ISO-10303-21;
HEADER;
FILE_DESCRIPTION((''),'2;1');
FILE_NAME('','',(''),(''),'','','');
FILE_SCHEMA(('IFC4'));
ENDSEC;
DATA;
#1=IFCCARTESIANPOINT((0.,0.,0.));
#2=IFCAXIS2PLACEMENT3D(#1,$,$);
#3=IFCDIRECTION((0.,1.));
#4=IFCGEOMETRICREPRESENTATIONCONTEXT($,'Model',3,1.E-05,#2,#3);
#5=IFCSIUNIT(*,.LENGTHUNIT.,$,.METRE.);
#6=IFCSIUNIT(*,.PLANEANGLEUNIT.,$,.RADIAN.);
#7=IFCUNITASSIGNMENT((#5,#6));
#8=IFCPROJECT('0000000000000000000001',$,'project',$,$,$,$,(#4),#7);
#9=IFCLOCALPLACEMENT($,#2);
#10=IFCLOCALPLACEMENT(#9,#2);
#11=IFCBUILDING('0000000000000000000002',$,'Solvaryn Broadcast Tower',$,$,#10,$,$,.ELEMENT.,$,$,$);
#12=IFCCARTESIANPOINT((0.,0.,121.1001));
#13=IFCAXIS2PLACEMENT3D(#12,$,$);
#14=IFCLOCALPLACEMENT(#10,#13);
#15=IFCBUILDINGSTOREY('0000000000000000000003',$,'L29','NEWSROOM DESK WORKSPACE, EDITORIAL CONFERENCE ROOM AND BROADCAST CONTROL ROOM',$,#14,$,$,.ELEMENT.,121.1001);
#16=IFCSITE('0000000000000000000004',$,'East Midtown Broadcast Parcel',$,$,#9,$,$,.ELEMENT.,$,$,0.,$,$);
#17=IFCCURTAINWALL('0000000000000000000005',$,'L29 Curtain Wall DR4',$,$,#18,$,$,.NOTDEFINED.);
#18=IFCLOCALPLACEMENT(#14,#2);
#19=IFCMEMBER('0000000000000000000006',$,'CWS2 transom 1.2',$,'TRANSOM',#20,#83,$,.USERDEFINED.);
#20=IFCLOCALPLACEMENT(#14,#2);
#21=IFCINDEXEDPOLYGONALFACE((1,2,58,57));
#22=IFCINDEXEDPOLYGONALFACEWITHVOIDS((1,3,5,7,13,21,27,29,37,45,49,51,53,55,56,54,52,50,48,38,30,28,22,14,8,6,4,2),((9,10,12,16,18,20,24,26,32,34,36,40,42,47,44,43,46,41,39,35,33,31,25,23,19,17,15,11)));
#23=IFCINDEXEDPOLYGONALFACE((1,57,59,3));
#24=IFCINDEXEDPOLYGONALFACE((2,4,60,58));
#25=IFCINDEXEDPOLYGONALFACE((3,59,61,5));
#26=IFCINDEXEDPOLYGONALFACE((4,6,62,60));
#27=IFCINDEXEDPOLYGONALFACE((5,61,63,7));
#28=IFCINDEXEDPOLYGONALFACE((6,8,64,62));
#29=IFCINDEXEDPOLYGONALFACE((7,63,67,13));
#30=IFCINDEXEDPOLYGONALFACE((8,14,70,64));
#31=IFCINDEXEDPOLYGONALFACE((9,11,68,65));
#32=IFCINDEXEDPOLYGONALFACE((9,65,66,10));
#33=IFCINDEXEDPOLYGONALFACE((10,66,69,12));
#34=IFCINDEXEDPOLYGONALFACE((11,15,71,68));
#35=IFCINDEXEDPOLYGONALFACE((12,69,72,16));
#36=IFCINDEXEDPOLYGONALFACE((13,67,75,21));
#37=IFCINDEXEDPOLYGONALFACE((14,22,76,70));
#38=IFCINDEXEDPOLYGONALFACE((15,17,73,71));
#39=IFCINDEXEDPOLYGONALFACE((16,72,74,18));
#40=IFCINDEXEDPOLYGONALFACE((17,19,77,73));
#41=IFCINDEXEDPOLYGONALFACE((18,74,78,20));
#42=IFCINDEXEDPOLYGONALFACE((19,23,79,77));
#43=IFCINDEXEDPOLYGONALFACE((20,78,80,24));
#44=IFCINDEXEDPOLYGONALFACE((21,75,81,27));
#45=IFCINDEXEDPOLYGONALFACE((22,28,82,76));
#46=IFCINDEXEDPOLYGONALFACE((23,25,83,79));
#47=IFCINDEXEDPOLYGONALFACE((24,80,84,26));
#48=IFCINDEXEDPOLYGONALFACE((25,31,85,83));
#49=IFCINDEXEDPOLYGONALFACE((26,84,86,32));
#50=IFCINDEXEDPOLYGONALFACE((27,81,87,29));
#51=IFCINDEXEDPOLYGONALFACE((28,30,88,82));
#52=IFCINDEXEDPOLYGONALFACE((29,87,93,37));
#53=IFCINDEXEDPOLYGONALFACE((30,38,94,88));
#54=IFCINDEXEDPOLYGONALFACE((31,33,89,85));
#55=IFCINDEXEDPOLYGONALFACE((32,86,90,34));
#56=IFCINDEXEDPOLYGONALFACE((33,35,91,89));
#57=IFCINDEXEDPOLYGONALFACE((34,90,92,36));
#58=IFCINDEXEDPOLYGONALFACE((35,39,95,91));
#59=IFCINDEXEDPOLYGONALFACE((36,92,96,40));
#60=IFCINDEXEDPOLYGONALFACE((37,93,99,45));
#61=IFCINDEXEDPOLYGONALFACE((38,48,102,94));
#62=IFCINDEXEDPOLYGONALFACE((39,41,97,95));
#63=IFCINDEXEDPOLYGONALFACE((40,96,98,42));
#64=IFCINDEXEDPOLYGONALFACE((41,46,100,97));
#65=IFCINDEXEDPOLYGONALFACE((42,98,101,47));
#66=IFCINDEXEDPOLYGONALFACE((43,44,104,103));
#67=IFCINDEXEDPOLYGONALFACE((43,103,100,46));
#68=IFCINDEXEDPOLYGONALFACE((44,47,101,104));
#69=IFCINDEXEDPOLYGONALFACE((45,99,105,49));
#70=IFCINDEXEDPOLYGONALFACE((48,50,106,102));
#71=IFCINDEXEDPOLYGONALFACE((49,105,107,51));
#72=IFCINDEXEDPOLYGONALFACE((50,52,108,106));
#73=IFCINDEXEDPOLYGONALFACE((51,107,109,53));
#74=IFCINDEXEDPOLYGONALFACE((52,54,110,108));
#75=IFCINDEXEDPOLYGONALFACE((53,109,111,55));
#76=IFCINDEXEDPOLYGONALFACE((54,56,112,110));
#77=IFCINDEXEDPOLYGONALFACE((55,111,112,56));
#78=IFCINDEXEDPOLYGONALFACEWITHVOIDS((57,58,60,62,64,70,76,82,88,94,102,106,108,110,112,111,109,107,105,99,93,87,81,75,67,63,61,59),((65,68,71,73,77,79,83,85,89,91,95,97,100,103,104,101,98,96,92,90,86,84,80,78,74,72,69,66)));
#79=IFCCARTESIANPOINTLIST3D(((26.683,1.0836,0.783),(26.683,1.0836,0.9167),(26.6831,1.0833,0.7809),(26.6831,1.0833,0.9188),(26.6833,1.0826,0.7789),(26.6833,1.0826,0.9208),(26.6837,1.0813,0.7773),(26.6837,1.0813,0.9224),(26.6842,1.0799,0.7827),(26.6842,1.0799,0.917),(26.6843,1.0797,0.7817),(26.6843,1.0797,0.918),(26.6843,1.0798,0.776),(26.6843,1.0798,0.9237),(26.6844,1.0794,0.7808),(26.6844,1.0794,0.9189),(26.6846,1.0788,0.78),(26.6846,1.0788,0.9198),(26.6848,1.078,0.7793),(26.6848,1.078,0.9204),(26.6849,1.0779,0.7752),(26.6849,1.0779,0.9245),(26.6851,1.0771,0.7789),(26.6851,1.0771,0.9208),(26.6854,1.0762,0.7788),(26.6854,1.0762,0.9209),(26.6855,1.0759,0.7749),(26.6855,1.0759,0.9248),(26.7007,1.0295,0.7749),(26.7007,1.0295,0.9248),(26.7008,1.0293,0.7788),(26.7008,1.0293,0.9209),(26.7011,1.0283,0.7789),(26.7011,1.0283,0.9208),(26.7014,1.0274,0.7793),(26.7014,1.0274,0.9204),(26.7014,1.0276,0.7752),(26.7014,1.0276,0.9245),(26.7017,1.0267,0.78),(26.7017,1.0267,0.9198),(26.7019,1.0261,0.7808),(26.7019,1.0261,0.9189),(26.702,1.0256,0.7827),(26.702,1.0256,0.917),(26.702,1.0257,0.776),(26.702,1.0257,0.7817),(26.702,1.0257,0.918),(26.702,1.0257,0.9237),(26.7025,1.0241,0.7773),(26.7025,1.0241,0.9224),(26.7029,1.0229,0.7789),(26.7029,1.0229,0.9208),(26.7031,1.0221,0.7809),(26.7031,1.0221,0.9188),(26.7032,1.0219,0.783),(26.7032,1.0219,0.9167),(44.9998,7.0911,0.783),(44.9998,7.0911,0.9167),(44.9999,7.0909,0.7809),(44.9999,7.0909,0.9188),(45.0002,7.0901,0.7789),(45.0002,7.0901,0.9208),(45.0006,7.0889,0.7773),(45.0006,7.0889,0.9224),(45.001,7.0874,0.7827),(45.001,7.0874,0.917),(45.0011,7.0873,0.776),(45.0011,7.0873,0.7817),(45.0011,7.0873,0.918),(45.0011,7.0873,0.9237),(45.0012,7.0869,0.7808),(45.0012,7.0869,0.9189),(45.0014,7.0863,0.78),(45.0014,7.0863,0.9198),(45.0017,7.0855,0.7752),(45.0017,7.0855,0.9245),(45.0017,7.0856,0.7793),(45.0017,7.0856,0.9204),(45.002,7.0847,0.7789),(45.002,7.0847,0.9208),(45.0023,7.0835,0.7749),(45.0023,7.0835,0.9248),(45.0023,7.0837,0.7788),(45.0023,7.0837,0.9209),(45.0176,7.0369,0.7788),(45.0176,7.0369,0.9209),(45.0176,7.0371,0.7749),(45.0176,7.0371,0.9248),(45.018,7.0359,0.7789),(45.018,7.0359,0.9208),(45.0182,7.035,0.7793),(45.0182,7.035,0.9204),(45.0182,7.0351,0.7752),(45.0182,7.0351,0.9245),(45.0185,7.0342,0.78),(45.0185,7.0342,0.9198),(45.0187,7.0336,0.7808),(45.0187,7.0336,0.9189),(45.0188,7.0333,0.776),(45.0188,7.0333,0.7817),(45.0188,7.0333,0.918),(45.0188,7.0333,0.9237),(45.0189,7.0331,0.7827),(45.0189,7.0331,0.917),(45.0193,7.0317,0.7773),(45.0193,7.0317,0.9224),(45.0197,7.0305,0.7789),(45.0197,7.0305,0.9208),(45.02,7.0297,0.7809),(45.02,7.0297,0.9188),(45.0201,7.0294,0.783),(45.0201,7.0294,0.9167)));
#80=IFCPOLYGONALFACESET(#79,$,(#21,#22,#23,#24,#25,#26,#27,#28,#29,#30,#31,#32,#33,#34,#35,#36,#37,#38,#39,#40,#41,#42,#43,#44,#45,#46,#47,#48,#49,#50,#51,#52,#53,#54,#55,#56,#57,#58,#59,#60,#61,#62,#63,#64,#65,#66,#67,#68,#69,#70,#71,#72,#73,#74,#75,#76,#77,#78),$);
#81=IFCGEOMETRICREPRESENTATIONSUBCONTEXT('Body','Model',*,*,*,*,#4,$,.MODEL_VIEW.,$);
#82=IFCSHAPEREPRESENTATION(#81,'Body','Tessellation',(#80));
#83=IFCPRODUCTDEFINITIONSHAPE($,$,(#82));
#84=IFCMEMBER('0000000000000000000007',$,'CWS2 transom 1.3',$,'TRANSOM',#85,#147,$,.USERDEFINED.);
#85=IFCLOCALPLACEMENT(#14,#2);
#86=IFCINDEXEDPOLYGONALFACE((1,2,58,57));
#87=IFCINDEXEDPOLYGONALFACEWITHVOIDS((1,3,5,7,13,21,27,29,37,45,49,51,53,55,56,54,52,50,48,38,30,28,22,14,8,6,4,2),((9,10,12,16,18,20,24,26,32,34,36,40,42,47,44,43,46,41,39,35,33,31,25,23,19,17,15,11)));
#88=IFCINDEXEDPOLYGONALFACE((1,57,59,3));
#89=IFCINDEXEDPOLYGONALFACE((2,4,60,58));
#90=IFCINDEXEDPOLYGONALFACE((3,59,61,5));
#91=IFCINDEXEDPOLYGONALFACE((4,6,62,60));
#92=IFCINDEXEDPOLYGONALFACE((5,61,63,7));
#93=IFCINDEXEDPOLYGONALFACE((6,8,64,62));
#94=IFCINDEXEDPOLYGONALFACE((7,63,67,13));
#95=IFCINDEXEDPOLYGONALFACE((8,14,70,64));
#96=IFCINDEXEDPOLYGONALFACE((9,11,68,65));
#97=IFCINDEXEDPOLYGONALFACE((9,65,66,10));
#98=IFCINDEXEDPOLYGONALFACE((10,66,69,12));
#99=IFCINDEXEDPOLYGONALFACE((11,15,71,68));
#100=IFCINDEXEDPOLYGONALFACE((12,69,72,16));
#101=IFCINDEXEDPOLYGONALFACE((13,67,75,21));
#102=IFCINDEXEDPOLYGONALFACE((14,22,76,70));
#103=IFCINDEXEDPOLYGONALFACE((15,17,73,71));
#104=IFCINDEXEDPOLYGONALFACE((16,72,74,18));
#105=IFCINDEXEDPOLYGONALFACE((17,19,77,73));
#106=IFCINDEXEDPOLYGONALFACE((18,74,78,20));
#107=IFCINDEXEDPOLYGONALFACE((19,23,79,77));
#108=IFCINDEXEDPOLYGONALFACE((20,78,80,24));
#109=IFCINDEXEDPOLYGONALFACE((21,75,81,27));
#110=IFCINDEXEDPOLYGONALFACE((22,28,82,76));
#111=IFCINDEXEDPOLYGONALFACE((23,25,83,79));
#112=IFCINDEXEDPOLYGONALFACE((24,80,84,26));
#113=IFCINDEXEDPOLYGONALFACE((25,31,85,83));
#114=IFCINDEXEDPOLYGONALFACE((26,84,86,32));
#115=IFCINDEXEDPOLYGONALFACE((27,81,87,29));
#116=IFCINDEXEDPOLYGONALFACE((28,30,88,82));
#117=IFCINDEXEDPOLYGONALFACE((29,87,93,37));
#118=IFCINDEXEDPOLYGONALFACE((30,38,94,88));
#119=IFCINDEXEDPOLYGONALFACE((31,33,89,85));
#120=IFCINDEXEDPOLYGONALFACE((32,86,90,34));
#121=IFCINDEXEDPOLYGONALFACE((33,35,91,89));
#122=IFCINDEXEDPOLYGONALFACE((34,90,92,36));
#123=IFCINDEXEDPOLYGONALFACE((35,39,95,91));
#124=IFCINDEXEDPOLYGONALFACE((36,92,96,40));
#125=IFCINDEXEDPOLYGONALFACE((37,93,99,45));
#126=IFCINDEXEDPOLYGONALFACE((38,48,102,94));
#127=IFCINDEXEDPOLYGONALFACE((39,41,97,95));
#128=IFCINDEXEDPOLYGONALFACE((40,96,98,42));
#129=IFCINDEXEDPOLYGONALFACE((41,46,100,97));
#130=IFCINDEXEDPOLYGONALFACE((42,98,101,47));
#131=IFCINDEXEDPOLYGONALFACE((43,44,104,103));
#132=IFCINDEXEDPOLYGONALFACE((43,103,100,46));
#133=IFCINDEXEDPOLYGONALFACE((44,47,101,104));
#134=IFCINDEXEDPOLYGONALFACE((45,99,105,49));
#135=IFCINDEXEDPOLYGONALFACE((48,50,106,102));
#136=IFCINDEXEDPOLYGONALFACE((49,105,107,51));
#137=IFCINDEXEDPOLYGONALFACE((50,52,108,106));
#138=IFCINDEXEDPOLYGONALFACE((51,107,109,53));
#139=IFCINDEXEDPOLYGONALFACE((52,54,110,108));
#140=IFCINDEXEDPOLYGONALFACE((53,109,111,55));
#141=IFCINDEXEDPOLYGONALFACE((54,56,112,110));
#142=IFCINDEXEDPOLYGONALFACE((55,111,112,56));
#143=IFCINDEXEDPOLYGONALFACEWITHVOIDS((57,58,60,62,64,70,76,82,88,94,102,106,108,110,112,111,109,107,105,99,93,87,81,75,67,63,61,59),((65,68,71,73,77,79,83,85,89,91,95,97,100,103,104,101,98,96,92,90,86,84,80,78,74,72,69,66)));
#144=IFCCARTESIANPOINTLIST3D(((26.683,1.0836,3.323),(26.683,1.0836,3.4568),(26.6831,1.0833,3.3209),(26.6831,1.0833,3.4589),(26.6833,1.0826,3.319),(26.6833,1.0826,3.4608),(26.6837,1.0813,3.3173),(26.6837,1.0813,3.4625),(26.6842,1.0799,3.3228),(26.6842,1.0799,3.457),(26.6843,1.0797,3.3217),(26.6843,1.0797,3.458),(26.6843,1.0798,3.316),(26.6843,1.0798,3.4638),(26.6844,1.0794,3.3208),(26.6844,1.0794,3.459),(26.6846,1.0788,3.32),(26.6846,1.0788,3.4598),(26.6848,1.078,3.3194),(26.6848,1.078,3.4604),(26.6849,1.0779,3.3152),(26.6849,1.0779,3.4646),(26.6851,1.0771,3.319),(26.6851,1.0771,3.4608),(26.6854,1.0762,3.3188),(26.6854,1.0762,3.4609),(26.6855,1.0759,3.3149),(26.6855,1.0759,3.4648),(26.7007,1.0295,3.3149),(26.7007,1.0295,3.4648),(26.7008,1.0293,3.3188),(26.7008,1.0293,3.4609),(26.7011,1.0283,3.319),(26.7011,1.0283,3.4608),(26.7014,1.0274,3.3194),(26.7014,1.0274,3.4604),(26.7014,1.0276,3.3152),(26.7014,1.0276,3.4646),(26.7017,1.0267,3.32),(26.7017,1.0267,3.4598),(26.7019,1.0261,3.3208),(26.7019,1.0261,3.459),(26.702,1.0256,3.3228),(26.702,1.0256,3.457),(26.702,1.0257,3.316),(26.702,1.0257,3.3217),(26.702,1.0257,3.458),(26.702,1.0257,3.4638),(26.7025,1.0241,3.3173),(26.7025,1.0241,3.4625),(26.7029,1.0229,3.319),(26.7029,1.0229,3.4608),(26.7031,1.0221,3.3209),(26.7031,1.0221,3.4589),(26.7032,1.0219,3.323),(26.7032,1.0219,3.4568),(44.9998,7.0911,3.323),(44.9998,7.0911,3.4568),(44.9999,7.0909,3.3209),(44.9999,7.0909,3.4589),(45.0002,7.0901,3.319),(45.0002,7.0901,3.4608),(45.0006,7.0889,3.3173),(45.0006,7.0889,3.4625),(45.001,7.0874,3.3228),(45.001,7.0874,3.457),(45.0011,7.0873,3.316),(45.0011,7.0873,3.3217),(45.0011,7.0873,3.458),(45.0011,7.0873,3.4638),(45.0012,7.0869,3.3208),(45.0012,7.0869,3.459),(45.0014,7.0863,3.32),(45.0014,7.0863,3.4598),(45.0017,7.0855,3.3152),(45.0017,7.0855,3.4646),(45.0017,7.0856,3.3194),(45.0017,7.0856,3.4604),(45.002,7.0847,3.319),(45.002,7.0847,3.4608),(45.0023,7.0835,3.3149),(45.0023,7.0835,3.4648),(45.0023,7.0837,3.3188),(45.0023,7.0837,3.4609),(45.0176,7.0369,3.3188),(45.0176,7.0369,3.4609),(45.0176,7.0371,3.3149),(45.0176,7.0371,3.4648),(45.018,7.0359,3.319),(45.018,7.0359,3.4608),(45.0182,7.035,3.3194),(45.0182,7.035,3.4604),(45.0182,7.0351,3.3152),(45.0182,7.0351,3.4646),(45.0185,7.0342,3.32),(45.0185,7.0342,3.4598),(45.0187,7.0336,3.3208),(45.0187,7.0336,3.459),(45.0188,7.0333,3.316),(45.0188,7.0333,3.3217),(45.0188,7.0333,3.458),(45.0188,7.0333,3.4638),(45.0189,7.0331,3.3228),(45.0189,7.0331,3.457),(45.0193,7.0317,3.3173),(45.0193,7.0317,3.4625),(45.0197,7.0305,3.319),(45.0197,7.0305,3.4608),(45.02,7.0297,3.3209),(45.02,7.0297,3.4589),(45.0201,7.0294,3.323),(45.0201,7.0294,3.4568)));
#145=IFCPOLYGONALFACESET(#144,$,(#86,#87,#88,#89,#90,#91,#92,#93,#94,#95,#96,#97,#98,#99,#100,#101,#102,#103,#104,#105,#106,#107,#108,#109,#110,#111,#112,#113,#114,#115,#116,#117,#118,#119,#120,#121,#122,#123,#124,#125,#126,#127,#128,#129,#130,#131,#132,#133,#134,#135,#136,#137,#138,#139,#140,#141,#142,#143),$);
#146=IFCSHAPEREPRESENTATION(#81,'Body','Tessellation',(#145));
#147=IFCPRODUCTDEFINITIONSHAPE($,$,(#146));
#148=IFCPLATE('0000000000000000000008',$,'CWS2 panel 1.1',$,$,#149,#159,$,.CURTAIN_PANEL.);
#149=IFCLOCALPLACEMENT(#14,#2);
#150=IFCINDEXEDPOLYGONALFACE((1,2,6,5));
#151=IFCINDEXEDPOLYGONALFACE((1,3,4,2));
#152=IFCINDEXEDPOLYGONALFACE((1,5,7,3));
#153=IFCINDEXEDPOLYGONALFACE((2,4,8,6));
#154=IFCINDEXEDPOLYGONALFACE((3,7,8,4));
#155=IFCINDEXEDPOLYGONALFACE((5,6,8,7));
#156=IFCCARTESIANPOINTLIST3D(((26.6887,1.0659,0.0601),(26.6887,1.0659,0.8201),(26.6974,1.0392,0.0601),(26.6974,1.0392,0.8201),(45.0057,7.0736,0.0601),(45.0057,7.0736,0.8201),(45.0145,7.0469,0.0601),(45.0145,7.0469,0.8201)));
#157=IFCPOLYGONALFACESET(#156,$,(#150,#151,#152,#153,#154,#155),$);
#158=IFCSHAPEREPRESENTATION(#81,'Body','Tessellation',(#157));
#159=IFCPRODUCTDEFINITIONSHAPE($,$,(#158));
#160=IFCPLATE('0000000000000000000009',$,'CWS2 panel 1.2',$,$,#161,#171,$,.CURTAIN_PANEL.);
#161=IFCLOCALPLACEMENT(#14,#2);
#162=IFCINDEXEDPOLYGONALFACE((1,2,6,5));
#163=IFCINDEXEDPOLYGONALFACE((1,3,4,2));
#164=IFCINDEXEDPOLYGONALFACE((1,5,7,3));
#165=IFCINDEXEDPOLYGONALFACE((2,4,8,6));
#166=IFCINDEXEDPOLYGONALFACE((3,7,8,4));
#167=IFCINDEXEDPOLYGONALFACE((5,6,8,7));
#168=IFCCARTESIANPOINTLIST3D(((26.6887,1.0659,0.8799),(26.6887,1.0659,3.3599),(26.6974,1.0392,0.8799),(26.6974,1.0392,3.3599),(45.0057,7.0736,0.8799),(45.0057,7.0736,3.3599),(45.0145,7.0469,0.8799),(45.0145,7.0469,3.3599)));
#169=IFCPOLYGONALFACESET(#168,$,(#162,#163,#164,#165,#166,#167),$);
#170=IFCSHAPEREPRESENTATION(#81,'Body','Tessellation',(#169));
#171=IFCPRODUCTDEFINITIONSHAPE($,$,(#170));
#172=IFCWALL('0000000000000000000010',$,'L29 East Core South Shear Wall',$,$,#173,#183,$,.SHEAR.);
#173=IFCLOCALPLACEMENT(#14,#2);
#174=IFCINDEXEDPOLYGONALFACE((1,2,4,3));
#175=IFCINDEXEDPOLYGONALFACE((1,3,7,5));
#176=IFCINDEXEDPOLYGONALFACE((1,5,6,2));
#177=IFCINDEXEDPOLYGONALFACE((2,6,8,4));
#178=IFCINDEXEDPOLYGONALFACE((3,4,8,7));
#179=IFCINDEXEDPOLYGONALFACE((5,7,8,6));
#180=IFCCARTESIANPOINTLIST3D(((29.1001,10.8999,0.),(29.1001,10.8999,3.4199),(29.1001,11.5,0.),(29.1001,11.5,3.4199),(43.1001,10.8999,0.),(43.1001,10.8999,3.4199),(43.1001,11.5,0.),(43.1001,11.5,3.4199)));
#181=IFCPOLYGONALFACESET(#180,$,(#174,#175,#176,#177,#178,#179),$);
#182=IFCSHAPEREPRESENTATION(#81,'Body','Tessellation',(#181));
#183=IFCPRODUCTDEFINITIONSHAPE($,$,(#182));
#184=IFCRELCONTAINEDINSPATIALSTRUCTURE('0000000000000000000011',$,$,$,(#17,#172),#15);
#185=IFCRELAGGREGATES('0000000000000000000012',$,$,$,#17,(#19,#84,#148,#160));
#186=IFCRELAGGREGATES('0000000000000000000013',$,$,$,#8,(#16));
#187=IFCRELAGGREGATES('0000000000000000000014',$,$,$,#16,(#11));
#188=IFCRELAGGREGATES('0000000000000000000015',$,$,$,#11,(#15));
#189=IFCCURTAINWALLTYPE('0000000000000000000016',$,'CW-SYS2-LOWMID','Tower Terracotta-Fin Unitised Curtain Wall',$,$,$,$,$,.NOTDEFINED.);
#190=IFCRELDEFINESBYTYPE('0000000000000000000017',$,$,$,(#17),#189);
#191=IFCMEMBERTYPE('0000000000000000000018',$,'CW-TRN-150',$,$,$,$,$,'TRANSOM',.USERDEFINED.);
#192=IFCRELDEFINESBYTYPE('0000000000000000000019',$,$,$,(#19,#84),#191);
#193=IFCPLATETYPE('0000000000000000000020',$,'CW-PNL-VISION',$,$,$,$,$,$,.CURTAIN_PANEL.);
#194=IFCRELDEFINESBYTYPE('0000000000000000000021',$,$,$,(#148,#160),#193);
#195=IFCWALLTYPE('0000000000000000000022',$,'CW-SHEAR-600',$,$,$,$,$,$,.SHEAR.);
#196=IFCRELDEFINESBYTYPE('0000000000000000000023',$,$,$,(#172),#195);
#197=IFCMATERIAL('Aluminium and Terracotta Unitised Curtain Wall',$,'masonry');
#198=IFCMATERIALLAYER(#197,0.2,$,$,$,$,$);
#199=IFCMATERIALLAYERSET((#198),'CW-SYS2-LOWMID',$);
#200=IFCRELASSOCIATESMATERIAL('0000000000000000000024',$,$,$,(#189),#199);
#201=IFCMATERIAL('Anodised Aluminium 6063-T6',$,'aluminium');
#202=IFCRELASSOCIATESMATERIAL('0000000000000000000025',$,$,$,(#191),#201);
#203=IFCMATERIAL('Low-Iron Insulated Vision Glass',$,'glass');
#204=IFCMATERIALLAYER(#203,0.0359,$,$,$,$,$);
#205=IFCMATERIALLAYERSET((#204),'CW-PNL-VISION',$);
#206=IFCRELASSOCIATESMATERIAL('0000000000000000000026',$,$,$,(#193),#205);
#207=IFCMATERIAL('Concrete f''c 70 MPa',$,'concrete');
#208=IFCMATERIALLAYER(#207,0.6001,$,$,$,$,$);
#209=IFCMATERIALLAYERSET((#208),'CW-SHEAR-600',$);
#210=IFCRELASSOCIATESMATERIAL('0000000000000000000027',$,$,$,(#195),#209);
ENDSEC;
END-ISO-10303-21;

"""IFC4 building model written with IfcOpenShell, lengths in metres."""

from ifc_helpers import new_model, si_unit, direction, frame, frame_2d, origin, origin_2d, place, context, subcontext, project, spatial, rectangle, hollow_rectangle, extrude, material, layer, layer_set, material_profile, profile_set, type_object, element, aggregate, save


model = new_model("IFC4")

# Units and contexts
model_context = context("Model", 3, precision=1e-05, world=origin(), true_north=direction((0.0, 1.0)))
body_context = subcontext(model_context, "Body", "Model", "MODEL_VIEW")
ifc_project = project(units=[si_unit("LENGTHUNIT", "METRE"), si_unit("PLANEANGLEUNIT", "RADIAN")], contexts=[model_context])

# Site, building, storey
site_placement = place(None, origin())
site = spatial("IfcSite", under=ifc_project, at=site_placement, Name="East Midtown Broadcast Parcel", CompositionType="ELEMENT", RefElevation=0.0)
building_placement = place(site_placement, origin())
building = spatial("IfcBuilding", under=site, at=building_placement, Name="Solvaryn Broadcast Tower", CompositionType="ELEMENT")
storey_placement = place(building_placement, frame((0.0, 0.0, 121.1001)))
storey = spatial("IfcBuildingStorey", under=building, at=storey_placement, Name="L29", Description="NEWSROOM DESK WORKSPACE, EDITORIAL CONFERENCE ROOM AND BROADCAST CONTROL ROOM", CompositionType="ELEMENT", Elevation=121.1001)

# Shared definitions
ifc_material_1 = material(Name="Aluminium and Terracotta Unitised Curtain Wall", Category="masonry")
ifc_layer_1 = layer(ifc_material_1, 0.2)
ifc_layer_set_1 = layer_set([ifc_layer_1], Name="CW-SYS2-LOWMID")
curtain_wall_type = type_object("IfcCurtainWallType", Name="CW-SYS2-LOWMID", Description="Tower Terracotta-Fin Unitised Curtain Wall", PredefinedType="NOTDEFINED", material=ifc_layer_set_1)

# Curtain wall, members, plates
curtain_wall_1_placement = place(storey_placement, origin())
curtain_wall_1 = element("IfcCurtainWall", 1, at=curtain_wall_1_placement, inside=storey, type_object=curtain_wall_type, Name="L29 Curtain Wall DR4", PredefinedType="NOTDEFINED")
ifc_material_2 = material(Name="Anodised Aluminium 6063-T6", Category="aluminium")
ifc_material_profile_1 = material_profile(ifc_material_2, hollow_rectangle(XDim=0.0649, YDim=0.1499, WallThickness=0.0039, InnerFilletRadius=0.0039, OuterFilletRadius=0.0081, at=origin_2d()))
ifc_profile_set_1 = profile_set([ifc_material_profile_1], Name="Anodised Aluminium 6063-T6")
member_type_1 = type_object("IfcMemberType", Name="CW-TRN-150", ElementType="TRANSOM", PredefinedType="USERDEFINED", material=ifc_profile_set_1)
member_1_placement = place(storey_placement, frame((26.6931, 1.0527, 0.8499), z_axis=(0.950198, 0.311646, 0.0), x_axis=(-0.311646, 0.950198, 0.0)))
member_1 = element("IfcMember", 2, at=member_1_placement, type_object=member_type_1, Name="CWS2 transom 1.2", ObjectType="TRANSOM", PredefinedType="USERDEFINED", context=body_context, shape_type="SweptSolid", body=[
    extrude(hollow_rectangle(XDim=0.0649, YDim=0.1499, WallThickness=0.0039, InnerFilletRadius=0.0039, OuterFilletRadius=0.0081, at=origin_2d()), origin(), (0.0, 0.0, 1.0), 19.2769),
])
member_2_placement = place(storey_placement, frame((26.6931, 1.0527, 3.3899), z_axis=(0.950198, 0.311646, 0.0), x_axis=(-0.311646, 0.950198, 0.0)))
member_2 = element("IfcMember", 3, at=member_2_placement, type_object=member_type_1, Name="CWS2 transom 1.3", ObjectType="TRANSOM", PredefinedType="USERDEFINED", context=body_context, shape_type="SweptSolid", body=[
    extrude(hollow_rectangle(XDim=0.0649, YDim=0.1499, WallThickness=0.0039, InnerFilletRadius=0.0039, OuterFilletRadius=0.0081, at=origin_2d()), origin(), (0.0, 0.0, 1.0), 19.2769),
])
ifc_material_3 = material(Name="Low-Iron Insulated Vision Glass", Category="glass")
ifc_layer_2 = layer(ifc_material_3, 0.0359)
ifc_layer_set_2 = layer_set([ifc_layer_2], Name="CW-PNL-VISION")
plate_type = type_object("IfcPlateType", Name="CW-PNL-VISION", PredefinedType="CURTAIN_PANEL", material=ifc_layer_set_2)
plate_1_placement = place(storey_placement, frame((35.8516, 4.0564, 0.0601), z_axis=(0.0, 0.0, 1.0), x_axis=(0.950198, 0.311646, 0.0)))
plate_1 = element("IfcPlate", 4, at=plate_1_placement, type_object=plate_type, Name="CWS2 panel 1.1", PredefinedType="CURTAIN_PANEL", context=body_context, shape_type="SweptSolid", body=[
    extrude(rectangle(XDim=19.2771, YDim=0.0281, at=origin_2d()), origin(), (0.0, 0.0, 1.0), 0.76),
])
plate_2_placement = place(storey_placement, frame((35.8516, 4.0564, 0.8799), z_axis=(0.0, 0.0, 1.0), x_axis=(0.950198, 0.311646, 0.0)))
plate_2 = element("IfcPlate", 5, at=plate_2_placement, type_object=plate_type, Name="CWS2 panel 1.2", PredefinedType="CURTAIN_PANEL", context=body_context, shape_type="SweptSolid", body=[
    extrude(rectangle(XDim=19.2771, YDim=0.0281, at=origin_2d()), origin(), (0.0, 0.0, 1.0), 2.48),
])
aggregate(curtain_wall_1, [member_1, member_2, plate_1, plate_2])

# Wall
ifc_material_4 = material(Name="Concrete f'c 70 MPa", Category="concrete")
ifc_layer_3 = layer(ifc_material_4, 0.6001)
ifc_layer_set_3 = layer_set([ifc_layer_3], Name="CW-SHEAR-600")
wall_type_1 = type_object("IfcWallType", Name="CW-SHEAR-600", PredefinedType="SHEAR", material=ifc_layer_set_3)
wall_1_placement = place(storey_placement, frame((29.1001, 11.2, 0.0), z_axis=(0.0, 0.0, 1.0), x_axis=(1.0, 0.0, 0.0)))
element("IfcWall", 6, at=wall_1_placement, inside=storey, type_object=wall_type_1, Name="L29 East Core South Shear Wall", PredefinedType="SHEAR", context=body_context, shape_type="SweptSolid", body=[
    extrude(rectangle(XDim=14.0, YDim=0.6001, at=frame_2d((7.0, 0.0))), origin(), (0.0, 0.0, 1.0), 3.4199),
])

save(model, "model.ifc")
